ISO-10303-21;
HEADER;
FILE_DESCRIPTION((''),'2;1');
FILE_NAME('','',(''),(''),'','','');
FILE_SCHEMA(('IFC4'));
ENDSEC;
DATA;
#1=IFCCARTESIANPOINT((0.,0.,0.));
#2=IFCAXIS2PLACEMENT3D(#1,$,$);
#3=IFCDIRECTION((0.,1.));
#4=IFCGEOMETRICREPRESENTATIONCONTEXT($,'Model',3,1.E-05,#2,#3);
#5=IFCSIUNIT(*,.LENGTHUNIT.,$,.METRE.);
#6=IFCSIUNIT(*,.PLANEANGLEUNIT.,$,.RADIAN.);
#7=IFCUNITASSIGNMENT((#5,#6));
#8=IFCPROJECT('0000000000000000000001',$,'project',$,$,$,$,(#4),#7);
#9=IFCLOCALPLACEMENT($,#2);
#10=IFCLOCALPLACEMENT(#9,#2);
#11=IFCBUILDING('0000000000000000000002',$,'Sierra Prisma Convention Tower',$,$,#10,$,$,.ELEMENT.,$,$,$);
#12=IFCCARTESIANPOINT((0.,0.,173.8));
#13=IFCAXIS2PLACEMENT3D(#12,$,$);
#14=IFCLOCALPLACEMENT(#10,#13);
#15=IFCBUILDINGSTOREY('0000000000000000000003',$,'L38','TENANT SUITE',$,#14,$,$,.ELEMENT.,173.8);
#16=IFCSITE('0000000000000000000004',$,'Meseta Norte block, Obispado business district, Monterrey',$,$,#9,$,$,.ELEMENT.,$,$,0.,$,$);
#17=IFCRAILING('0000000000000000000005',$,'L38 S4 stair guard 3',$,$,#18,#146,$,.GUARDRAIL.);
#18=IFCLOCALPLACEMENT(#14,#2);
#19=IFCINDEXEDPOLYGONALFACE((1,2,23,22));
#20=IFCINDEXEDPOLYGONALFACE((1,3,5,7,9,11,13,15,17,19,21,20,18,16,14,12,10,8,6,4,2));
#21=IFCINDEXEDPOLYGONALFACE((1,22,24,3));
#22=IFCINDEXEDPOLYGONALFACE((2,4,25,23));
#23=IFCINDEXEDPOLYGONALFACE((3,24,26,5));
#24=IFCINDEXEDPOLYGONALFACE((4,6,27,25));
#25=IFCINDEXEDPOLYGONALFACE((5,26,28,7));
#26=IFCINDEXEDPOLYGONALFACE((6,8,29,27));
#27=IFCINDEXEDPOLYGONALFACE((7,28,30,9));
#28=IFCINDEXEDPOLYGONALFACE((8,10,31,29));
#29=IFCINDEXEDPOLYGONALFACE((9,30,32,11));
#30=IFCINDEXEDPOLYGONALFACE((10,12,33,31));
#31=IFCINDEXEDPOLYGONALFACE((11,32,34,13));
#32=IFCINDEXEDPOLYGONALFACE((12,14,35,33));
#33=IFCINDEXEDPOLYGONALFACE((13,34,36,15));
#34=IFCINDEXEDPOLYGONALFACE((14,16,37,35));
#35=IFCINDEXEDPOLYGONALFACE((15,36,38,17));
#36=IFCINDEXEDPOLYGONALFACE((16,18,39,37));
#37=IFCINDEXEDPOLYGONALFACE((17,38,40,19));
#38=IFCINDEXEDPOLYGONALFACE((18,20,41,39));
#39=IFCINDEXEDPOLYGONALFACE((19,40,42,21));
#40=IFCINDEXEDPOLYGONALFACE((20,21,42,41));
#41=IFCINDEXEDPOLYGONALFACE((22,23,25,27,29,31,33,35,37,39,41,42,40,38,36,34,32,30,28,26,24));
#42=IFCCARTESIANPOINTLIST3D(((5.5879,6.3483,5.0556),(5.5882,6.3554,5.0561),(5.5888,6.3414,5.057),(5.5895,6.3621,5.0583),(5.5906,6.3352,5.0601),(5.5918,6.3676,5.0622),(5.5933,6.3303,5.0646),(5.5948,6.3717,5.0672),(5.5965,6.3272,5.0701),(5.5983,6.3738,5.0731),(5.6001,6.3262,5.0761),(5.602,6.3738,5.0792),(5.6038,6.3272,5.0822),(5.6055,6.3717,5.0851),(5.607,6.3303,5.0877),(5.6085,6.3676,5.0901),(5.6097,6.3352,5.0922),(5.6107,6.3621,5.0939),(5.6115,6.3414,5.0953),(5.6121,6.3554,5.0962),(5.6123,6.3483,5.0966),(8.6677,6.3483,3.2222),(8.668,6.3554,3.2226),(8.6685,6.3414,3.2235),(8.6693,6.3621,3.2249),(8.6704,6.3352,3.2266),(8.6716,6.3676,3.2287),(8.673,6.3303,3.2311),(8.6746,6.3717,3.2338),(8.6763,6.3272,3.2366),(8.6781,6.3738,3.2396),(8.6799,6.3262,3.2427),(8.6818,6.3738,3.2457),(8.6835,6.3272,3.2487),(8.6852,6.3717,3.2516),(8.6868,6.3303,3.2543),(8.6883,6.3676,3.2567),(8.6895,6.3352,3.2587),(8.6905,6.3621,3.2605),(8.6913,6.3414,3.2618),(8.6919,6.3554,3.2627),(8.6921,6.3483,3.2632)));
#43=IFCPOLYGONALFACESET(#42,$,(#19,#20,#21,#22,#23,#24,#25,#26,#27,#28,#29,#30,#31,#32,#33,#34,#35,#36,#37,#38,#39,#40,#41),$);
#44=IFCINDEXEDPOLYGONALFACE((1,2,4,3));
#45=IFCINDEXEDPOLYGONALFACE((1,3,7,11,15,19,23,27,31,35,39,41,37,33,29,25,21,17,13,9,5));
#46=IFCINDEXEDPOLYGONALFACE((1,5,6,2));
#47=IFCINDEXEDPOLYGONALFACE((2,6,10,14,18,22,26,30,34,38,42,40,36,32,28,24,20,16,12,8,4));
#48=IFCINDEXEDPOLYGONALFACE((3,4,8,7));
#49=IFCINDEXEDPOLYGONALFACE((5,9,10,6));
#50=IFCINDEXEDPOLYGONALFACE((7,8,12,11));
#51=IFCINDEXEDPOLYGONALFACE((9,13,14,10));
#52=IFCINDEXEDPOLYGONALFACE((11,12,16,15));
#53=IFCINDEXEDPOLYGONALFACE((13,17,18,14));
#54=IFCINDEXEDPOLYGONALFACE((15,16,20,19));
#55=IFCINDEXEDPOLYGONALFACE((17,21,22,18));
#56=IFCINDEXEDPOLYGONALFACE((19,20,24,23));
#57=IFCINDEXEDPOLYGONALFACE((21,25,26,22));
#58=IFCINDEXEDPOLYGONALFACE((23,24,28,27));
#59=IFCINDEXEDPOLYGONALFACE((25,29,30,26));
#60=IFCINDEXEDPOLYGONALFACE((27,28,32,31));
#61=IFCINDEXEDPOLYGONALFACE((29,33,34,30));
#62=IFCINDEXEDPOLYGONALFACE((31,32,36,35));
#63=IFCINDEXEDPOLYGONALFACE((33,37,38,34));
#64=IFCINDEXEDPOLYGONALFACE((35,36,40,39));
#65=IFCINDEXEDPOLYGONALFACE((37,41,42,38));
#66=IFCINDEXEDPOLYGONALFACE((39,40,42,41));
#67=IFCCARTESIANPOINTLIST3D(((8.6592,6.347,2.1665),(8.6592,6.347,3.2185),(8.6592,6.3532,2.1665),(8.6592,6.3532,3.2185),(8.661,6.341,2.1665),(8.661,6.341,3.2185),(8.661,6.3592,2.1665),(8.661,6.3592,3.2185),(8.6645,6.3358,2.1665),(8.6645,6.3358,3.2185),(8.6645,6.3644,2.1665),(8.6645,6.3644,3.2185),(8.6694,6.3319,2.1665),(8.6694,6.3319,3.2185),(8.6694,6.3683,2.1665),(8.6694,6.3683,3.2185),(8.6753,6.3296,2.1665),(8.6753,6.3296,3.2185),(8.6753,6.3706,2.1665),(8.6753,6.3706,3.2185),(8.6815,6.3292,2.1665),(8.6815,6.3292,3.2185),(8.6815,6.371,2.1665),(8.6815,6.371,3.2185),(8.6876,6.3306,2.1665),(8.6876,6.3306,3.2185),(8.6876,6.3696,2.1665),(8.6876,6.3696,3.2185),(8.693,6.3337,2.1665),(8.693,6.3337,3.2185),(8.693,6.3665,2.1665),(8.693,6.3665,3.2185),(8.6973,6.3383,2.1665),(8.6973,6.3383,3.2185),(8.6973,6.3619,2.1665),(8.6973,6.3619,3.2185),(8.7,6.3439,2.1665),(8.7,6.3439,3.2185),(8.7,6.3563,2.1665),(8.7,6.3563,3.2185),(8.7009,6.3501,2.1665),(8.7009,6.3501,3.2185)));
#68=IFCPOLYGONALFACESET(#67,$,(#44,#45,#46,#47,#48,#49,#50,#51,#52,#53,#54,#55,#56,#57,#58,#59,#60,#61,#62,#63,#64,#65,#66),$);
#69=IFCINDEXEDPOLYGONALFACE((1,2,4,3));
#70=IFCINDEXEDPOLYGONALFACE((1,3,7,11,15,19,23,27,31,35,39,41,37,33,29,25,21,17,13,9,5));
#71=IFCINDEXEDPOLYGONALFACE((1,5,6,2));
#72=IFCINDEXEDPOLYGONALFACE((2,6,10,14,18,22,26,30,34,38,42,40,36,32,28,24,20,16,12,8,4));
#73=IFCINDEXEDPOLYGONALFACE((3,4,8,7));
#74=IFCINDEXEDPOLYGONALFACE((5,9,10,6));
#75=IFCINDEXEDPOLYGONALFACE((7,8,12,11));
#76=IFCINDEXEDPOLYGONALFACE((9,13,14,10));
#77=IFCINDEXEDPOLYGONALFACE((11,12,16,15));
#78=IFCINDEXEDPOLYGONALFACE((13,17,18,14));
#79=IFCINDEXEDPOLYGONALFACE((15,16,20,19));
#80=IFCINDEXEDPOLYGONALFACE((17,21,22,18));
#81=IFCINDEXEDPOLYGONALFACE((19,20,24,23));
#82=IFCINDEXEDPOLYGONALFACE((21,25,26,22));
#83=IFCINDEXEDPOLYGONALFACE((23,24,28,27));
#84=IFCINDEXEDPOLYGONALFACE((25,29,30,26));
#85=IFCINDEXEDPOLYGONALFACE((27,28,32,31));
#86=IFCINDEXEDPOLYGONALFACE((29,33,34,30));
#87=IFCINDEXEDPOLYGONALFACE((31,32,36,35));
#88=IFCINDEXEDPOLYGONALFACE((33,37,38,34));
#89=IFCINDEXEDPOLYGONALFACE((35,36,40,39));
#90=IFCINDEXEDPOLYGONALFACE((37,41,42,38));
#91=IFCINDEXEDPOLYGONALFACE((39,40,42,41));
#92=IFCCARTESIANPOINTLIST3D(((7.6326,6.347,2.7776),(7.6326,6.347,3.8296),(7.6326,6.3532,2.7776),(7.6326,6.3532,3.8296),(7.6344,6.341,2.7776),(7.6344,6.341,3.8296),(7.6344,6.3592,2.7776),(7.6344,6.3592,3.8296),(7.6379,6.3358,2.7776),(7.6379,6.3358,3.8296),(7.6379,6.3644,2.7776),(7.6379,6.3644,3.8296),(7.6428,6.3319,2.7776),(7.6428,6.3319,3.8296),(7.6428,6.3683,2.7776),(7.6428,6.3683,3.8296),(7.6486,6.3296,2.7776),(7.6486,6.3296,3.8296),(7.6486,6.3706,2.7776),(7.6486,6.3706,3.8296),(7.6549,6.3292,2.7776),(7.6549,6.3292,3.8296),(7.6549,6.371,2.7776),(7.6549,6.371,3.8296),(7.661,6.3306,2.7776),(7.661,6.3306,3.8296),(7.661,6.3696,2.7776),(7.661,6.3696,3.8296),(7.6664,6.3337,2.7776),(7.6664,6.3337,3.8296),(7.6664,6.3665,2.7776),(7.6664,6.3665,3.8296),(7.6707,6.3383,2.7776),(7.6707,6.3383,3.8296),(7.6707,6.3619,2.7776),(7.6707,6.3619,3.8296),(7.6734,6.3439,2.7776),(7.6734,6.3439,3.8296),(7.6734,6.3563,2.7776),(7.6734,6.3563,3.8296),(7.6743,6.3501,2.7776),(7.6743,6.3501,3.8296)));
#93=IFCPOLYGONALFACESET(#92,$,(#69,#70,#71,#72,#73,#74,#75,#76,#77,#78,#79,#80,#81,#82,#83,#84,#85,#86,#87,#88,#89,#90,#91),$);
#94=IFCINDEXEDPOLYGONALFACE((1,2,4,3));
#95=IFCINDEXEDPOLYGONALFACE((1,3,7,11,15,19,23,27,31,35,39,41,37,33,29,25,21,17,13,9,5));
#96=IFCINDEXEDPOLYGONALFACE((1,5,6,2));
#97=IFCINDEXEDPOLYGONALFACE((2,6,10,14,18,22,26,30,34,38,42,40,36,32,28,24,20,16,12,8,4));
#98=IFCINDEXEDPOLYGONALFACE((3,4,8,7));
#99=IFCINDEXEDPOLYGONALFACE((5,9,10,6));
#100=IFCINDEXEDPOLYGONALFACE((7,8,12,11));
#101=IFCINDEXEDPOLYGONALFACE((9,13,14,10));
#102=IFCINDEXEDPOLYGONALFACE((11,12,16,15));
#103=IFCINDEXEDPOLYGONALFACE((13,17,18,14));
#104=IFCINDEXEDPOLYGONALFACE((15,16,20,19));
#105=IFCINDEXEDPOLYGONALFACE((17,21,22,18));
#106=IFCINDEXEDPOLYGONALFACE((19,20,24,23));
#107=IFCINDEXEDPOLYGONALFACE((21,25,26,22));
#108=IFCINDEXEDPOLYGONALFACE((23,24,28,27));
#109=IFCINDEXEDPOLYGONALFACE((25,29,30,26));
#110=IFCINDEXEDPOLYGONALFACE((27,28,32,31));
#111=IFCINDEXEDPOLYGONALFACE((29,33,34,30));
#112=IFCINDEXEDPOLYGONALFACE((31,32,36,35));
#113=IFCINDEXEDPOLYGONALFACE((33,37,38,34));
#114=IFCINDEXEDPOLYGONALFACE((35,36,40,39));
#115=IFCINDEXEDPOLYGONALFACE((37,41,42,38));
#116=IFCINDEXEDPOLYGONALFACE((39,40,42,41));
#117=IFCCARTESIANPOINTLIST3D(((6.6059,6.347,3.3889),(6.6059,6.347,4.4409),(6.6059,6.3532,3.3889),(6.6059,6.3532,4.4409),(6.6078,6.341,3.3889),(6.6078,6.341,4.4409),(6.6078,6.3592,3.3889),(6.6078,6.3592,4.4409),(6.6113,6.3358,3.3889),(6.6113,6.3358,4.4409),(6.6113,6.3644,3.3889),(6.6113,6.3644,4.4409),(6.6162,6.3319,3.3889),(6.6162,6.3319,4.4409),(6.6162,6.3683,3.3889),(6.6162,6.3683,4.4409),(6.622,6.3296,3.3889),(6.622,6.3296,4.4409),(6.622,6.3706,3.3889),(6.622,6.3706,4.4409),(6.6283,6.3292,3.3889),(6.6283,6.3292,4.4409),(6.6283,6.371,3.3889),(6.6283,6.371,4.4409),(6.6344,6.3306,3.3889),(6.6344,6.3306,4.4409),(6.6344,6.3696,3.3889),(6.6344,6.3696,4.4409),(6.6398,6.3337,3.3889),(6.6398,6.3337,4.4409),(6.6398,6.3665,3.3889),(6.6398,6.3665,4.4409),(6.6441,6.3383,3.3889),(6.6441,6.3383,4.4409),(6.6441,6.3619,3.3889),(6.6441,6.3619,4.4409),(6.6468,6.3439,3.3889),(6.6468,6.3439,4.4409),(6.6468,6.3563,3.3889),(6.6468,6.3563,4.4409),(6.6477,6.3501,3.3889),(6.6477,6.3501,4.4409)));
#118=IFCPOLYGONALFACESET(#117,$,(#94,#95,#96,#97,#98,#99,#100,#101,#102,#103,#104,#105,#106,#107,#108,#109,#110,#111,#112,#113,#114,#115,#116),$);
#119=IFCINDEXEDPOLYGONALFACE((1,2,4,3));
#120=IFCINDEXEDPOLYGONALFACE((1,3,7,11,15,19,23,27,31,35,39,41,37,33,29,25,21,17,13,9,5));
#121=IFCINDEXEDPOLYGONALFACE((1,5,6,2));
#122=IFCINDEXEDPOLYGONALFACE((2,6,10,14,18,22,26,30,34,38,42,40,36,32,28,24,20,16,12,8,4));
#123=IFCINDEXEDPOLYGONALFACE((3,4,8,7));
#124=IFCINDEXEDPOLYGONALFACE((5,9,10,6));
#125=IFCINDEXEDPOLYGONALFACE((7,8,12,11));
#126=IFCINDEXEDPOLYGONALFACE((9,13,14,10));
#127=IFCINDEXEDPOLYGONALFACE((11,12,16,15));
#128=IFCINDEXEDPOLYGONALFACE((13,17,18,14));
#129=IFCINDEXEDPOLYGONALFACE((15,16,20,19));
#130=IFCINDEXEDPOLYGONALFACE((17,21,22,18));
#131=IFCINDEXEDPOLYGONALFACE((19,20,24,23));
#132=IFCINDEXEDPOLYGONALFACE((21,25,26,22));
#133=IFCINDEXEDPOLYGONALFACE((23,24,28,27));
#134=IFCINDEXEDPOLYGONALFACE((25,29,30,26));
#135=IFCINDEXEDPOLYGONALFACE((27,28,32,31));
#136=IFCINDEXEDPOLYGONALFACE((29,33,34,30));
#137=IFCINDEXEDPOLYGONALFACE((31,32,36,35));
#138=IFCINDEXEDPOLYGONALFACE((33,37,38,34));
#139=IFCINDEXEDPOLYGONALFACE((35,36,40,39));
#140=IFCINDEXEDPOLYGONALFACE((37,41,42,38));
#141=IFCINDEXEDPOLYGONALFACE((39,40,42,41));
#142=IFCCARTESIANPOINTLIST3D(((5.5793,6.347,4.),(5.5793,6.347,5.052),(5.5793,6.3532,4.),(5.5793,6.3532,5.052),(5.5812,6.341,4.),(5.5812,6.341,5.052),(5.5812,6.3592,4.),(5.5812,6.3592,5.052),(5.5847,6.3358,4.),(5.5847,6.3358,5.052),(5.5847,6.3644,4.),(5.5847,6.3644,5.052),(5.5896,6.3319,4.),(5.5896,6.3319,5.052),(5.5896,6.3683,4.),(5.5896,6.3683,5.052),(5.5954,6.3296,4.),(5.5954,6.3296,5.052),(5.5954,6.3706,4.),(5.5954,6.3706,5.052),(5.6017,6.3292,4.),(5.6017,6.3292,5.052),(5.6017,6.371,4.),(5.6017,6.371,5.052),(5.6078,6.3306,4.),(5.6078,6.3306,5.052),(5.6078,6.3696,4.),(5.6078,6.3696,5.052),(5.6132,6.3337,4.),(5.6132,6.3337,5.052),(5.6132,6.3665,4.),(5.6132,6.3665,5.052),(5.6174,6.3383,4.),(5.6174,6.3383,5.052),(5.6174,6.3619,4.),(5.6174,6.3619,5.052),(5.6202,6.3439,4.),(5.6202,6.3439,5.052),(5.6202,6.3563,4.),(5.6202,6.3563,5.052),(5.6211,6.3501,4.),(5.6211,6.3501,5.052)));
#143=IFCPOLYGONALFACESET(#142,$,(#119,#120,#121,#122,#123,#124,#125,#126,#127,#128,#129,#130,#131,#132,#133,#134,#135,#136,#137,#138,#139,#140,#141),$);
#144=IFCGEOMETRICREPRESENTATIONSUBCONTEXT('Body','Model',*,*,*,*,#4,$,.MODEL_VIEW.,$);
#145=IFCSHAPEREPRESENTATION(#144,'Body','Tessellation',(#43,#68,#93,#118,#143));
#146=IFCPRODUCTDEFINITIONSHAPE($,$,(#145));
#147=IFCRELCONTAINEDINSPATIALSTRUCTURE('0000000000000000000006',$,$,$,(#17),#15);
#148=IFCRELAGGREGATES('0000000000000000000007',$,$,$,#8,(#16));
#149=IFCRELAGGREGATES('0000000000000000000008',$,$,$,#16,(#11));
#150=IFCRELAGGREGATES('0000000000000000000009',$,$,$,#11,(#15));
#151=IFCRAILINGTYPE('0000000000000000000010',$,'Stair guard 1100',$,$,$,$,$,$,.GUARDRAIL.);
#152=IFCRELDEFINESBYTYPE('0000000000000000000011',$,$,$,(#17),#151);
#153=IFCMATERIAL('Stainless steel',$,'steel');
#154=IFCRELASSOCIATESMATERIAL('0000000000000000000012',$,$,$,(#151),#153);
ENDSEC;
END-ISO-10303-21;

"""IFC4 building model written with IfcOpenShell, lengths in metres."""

from ifc_helpers import new_model, si_unit, direction, frame, origin, origin_2d, place, context, subcontext, project, spatial, circle, extrude, material, type_object, element, save


model = new_model("IFC4")

# Units and contexts
model_context = context("Model", 3, precision=1e-05, world=origin(), true_north=direction((0.0, 1.0)))
body_context = subcontext(model_context, "Body", "Model", "MODEL_VIEW")
ifc_project = project(units=[si_unit("LENGTHUNIT", "METRE"), si_unit("PLANEANGLEUNIT", "RADIAN")], contexts=[model_context])

# Site, building, storey
site_placement = place(None, origin())
site = spatial("IfcSite", under=ifc_project, at=site_placement, Name="Meseta Norte block, Obispado business district, Monterrey", CompositionType="ELEMENT", RefElevation=0.0)
building_placement = place(site_placement, origin())
building = spatial("IfcBuilding", under=site, at=building_placement, Name="Sierra Prisma Convention Tower", CompositionType="ELEMENT")
storey_placement = place(building_placement, frame((0.0, 0.0, 173.8)))
storey = spatial("IfcBuildingStorey", under=building, at=storey_placement, Name="L38", Description="TENANT SUITE", CompositionType="ELEMENT", Elevation=173.8)

# Railing
ifc_material_1 = material(Name="Stainless steel", Category="steel")
railing_type_1 = type_object("IfcRailingType", Name="Stair guard 1100", PredefinedType="GUARDRAIL", material=ifc_material_1)
railing_1_placement = place(storey_placement, frame((8.6799, 6.3501, 2.1665)))
element("IfcRailing", 1, at=railing_1_placement, inside=storey, type_object=railing_type_1, Name="L38 S4 stair guard 3", PredefinedType="GUARDRAIL", context=body_context, shape_type="SweptSolid", body=[
    extrude(circle(Radius=0.0239, at=origin_2d()), frame((0.0, 0.0, 1.0762), z_axis=(-0.859261, 0.0, 0.511538), x_axis=(0.0, -1.0, 0.0)), (0.0, 0.0, 1.0), 3.5842),
    extrude(circle(Radius=0.021, at=origin_2d()), origin(), (0.0, 0.0, 1.0), 1.052),
    extrude(circle(Radius=0.021, at=origin_2d()), frame((-1.0266, 0.0, 0.6111)), (0.0, 0.0, 1.0), 1.052),
    extrude(circle(Radius=0.021, at=origin_2d()), frame((-2.0532, 0.0, 1.2224)), (0.0, 0.0, 1.0), 1.052),
    extrude(circle(Radius=0.021, at=origin_2d()), frame((-3.0798, 0.0, 1.8335)), (0.0, 0.0, 1.0), 1.052),
])

save(model, "model.ifc")
